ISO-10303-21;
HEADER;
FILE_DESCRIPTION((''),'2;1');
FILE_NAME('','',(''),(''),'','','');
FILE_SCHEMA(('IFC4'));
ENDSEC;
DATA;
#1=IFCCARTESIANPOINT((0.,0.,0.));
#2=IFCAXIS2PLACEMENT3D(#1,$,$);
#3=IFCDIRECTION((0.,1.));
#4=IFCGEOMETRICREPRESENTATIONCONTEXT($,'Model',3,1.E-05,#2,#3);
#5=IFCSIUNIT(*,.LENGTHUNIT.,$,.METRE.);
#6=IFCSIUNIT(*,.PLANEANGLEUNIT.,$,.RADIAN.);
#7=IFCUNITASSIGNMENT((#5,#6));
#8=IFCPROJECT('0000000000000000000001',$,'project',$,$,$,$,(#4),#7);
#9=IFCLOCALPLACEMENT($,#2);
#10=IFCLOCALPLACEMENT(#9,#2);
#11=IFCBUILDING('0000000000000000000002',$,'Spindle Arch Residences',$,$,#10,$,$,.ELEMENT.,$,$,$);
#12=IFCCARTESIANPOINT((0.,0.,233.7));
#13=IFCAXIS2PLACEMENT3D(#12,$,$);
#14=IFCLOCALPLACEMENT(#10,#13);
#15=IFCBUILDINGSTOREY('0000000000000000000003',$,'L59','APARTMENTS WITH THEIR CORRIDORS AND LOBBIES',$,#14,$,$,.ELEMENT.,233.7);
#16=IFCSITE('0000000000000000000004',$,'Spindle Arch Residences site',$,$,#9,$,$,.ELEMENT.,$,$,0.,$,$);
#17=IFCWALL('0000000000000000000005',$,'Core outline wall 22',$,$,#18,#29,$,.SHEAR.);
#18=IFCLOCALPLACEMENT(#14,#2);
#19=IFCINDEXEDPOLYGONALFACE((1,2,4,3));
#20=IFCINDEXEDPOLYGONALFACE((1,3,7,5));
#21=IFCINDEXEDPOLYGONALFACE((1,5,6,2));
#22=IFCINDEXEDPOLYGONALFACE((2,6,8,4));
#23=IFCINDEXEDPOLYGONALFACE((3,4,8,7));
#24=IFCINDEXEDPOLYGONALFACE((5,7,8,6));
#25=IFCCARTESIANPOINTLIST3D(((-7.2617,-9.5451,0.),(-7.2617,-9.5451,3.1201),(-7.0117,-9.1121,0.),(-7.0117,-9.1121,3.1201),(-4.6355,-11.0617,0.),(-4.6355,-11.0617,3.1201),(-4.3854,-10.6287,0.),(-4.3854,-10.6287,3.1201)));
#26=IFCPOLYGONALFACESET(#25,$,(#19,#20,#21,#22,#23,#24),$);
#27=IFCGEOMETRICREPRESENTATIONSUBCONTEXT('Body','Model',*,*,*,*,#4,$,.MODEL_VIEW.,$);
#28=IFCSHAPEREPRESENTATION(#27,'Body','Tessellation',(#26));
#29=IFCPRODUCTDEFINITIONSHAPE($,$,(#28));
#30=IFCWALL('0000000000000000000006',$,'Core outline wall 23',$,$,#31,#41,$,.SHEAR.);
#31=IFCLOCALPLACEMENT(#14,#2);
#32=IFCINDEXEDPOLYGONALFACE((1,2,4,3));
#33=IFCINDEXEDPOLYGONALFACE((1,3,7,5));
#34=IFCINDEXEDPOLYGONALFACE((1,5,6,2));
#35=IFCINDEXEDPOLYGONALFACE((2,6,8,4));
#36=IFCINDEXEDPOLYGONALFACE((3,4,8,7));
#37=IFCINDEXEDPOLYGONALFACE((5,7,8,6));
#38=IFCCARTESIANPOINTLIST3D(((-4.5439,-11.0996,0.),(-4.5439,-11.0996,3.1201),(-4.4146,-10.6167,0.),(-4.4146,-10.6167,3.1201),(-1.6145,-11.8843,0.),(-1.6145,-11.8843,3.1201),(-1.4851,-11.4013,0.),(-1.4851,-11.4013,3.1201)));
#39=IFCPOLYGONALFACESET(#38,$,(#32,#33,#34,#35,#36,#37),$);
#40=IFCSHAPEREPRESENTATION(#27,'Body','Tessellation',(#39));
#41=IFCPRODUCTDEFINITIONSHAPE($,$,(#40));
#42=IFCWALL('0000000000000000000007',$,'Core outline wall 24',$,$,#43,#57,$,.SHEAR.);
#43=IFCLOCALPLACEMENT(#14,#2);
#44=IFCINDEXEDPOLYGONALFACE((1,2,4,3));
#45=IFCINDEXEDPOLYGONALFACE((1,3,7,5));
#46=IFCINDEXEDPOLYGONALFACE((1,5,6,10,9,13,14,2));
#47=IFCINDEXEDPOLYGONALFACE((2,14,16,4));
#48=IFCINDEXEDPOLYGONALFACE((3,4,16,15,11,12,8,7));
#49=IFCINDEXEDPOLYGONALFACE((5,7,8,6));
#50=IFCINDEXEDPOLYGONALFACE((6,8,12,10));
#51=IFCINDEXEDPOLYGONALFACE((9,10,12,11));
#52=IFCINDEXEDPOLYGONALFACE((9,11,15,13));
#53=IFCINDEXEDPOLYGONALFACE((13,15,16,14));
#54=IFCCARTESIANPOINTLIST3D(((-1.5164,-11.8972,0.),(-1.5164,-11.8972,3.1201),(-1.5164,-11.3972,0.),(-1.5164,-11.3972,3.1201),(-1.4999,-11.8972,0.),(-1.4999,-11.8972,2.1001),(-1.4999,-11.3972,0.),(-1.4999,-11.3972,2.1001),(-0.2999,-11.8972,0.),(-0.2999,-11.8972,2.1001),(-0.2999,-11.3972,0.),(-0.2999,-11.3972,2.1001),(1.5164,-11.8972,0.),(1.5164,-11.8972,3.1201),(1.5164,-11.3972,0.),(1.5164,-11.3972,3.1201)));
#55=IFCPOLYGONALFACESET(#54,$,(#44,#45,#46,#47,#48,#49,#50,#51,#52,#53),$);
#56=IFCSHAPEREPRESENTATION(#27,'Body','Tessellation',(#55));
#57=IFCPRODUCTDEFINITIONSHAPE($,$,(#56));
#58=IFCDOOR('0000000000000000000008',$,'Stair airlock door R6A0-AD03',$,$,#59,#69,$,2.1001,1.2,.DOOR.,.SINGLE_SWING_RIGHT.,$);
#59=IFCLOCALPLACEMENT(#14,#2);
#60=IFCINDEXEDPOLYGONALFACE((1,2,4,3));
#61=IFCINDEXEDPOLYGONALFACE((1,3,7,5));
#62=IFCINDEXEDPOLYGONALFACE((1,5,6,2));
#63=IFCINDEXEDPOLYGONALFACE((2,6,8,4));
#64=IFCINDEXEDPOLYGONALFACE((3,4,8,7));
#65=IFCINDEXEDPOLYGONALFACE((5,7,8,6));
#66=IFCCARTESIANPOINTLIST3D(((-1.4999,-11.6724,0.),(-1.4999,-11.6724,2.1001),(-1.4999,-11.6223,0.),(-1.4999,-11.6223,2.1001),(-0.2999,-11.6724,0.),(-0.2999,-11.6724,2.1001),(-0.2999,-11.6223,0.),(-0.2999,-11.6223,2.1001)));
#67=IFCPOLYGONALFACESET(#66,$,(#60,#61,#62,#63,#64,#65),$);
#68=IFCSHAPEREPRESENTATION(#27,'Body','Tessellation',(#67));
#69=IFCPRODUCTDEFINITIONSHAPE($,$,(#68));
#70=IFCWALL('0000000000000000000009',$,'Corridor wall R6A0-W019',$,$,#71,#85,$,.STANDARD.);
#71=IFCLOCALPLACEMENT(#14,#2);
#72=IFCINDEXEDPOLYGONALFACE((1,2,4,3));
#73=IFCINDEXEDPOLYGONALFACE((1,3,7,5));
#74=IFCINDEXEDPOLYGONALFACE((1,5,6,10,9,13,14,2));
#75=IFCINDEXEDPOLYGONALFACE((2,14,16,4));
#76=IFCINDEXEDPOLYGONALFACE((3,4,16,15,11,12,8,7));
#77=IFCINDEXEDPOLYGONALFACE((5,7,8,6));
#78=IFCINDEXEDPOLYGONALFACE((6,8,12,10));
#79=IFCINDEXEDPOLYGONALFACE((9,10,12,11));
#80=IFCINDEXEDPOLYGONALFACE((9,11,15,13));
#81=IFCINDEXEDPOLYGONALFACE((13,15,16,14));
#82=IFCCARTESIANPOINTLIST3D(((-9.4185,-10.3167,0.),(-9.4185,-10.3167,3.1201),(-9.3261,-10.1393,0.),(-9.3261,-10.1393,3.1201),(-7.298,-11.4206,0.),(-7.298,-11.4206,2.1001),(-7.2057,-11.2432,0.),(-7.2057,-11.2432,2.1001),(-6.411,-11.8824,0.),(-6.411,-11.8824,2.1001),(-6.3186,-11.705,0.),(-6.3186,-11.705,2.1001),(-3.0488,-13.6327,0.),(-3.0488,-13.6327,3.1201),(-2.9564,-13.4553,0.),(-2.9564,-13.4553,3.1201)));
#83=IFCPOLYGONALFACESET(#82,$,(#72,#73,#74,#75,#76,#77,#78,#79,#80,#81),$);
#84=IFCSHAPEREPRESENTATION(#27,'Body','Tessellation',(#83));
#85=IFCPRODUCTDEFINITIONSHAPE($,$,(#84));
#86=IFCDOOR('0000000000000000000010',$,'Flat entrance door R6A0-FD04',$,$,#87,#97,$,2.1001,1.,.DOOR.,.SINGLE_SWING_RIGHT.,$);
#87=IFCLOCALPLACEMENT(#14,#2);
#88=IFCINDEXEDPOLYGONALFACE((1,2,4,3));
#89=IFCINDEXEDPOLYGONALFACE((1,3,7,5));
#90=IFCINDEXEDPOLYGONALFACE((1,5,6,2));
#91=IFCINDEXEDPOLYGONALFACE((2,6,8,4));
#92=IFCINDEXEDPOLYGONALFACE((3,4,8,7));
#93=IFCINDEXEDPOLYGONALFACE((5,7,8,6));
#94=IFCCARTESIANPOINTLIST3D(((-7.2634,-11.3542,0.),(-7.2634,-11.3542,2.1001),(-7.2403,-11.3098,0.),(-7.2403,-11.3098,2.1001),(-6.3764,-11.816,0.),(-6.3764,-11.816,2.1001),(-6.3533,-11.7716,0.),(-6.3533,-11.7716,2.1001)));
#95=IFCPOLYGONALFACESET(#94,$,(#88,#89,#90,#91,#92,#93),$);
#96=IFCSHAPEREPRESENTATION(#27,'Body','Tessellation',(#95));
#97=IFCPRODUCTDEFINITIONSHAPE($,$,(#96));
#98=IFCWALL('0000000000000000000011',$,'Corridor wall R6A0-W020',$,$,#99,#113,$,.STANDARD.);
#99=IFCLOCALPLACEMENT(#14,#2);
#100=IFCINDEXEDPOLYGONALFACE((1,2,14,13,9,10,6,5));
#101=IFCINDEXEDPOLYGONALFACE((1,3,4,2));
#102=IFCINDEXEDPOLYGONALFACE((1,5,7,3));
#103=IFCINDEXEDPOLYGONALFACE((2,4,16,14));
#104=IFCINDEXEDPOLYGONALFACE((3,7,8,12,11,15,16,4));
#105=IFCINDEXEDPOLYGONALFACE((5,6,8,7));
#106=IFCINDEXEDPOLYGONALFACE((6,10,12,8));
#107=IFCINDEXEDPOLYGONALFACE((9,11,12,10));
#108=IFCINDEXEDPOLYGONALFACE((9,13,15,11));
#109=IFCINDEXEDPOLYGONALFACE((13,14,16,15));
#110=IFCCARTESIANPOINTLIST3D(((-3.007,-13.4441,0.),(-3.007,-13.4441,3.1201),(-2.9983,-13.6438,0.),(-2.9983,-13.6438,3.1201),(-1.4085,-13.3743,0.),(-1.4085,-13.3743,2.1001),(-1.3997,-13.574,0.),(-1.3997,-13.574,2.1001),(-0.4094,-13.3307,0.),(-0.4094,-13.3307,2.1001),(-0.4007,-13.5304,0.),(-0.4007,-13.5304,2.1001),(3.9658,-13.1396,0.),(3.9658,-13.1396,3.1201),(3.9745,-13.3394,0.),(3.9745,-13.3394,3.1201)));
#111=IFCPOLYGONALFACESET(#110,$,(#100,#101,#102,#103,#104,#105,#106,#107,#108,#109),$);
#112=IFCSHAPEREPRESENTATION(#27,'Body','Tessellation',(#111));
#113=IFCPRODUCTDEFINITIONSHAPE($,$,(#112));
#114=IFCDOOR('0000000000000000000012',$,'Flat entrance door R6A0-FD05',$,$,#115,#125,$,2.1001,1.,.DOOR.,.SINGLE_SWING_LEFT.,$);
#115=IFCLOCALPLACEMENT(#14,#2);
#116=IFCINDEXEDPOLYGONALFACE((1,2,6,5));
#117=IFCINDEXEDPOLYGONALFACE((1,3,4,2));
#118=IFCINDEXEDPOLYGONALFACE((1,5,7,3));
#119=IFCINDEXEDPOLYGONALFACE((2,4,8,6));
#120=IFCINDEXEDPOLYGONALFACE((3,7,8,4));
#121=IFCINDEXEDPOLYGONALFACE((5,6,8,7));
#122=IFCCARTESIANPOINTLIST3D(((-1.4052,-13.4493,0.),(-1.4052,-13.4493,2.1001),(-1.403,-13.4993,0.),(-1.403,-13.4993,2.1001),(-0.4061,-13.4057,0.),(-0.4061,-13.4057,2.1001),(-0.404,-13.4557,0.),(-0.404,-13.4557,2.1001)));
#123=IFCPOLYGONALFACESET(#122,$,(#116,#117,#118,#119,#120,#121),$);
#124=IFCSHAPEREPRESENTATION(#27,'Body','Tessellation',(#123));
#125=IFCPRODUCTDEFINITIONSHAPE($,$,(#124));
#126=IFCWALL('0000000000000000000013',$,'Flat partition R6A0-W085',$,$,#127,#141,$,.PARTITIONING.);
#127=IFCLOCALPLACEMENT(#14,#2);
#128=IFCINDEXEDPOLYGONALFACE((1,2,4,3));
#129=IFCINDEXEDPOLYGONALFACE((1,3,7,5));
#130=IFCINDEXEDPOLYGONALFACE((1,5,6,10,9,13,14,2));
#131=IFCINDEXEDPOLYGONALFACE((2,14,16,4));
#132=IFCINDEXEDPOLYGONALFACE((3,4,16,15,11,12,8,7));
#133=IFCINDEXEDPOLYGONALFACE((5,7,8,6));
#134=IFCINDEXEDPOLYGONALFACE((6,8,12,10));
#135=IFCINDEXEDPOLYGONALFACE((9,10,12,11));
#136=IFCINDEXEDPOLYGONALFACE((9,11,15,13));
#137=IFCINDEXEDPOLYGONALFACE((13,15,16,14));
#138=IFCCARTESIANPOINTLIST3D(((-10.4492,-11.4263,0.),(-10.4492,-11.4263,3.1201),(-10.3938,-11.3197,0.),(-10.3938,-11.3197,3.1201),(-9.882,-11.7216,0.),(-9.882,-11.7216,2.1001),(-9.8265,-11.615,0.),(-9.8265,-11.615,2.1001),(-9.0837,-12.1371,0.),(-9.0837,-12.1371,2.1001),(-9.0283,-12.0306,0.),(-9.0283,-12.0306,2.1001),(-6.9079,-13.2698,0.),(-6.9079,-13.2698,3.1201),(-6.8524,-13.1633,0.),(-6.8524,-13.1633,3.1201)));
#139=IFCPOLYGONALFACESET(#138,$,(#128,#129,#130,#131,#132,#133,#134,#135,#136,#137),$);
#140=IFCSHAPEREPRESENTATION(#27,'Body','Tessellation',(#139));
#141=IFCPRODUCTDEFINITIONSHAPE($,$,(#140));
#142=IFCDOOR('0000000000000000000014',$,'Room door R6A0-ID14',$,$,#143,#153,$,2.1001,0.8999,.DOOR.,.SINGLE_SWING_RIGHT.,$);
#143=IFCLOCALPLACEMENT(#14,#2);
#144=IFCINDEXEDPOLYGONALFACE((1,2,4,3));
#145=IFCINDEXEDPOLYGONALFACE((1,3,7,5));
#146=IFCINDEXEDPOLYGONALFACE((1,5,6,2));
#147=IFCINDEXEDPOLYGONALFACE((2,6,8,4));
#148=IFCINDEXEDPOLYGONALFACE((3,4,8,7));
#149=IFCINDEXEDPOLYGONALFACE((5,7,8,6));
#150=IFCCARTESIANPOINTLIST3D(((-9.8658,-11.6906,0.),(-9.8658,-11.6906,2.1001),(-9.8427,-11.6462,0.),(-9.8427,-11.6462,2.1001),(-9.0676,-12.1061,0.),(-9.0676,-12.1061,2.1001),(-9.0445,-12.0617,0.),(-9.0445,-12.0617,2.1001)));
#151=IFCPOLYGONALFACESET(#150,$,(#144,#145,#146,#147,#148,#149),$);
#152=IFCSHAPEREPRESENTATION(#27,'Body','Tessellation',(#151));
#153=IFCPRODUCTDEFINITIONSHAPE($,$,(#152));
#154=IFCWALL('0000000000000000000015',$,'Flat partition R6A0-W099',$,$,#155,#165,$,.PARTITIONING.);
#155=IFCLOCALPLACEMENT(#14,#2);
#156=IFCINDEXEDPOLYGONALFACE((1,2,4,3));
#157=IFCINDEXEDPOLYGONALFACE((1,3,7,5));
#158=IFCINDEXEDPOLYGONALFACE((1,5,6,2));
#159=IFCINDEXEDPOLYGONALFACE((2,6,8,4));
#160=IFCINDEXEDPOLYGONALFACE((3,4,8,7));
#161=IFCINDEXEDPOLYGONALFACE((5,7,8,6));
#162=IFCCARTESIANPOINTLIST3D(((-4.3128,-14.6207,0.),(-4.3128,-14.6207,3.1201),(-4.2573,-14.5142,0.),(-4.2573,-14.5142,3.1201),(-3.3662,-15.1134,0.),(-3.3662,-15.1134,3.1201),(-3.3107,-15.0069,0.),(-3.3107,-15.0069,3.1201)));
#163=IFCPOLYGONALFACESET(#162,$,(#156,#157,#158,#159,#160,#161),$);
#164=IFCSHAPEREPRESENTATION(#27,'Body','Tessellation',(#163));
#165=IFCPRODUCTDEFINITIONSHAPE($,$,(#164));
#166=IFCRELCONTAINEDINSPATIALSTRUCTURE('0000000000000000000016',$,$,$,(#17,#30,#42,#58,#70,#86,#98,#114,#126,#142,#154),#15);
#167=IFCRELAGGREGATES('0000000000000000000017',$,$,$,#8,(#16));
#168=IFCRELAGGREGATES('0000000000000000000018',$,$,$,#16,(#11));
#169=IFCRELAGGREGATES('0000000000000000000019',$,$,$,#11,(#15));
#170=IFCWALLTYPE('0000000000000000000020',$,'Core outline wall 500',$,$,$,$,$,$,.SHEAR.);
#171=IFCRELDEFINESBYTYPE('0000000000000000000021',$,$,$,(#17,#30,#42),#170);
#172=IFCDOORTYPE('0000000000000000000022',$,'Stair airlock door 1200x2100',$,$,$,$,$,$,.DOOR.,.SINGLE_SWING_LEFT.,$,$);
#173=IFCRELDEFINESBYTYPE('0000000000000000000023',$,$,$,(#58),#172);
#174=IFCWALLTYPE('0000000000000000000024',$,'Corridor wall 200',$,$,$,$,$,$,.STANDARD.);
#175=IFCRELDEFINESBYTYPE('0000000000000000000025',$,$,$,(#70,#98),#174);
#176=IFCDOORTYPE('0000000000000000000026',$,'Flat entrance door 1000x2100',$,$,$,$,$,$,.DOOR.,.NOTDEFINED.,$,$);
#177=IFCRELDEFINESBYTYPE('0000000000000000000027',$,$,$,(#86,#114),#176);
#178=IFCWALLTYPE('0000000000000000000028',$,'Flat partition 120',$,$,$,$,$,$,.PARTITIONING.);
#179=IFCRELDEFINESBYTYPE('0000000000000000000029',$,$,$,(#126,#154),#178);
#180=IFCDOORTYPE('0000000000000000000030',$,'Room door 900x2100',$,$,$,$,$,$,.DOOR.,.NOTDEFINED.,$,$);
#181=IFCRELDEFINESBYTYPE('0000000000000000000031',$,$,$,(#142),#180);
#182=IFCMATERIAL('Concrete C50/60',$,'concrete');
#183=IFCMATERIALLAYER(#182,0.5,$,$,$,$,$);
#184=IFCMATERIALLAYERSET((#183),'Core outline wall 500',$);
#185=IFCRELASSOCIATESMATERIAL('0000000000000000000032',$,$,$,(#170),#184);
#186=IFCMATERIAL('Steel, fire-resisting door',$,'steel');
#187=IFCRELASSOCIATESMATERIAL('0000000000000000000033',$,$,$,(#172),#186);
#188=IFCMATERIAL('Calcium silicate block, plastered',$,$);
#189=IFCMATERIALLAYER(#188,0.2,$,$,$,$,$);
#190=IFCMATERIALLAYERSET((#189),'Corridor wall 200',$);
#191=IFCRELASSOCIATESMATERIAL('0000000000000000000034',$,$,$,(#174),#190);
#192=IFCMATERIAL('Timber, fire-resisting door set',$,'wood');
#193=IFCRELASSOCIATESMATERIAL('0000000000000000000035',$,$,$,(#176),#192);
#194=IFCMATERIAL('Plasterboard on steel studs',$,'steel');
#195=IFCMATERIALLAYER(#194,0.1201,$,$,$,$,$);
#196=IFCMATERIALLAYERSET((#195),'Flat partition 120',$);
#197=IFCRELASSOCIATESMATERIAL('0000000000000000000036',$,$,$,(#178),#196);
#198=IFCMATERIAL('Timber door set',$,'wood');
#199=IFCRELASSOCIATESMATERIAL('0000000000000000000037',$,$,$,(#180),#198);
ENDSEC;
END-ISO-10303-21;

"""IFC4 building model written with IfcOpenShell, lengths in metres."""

from ifc_helpers import new_model, si_unit, direction, frame, frame_2d, origin, place, context, subcontext, project, spatial, rectangle, extrude, material, layer, layer_set, type_object, element, fill, save


model = new_model("IFC4")

# Units and contexts
model_context = context("Model", 3, precision=1e-05, world=origin(), true_north=direction((0.0, 1.0)))
body_context = subcontext(model_context, "Body", "Model", "MODEL_VIEW")
ifc_project = project(units=[si_unit("LENGTHUNIT", "METRE"), si_unit("PLANEANGLEUNIT", "RADIAN")], contexts=[model_context])

# Site, building, storey
site_placement = place(None, origin())
site = spatial("IfcSite", under=ifc_project, at=site_placement, Name="Spindle Arch Residences site", CompositionType="ELEMENT", RefElevation=0.0)
building_placement = place(site_placement, origin())
building = spatial("IfcBuilding", under=site, at=building_placement, Name="Spindle Arch Residences", CompositionType="ELEMENT")
storey_placement = place(building_placement, frame((0.0, 0.0, 233.7)))
storey = spatial("IfcBuildingStorey", under=building, at=storey_placement, Name="L59", Description="APARTMENTS WITH THEIR CORRIDORS AND LOBBIES", CompositionType="ELEMENT", Elevation=233.7)

# Walls
ifc_material_1 = material(Name="Concrete C50/60", Category="concrete")
ifc_layer_1 = layer(ifc_material_1, 0.5)
ifc_layer_set_1 = layer_set([ifc_layer_1], Name="Core outline wall 500")
wall_type_1 = type_object("IfcWallType", Name="Core outline wall 500", PredefinedType="SHEAR", material=ifc_layer_set_1)
for number, where, z_axis, x_axis, name in (
    (1, (-7.1367, -9.3286, 0.0), (0.0, 0.0, 1.0), (0.865975, -0.500087, 0.0), "Core outline wall 22"),
    (2, (-4.4792, -10.8582, 0.0), (0.0, 0.0, 1.0), (0.965948, -0.258735, 0.0), "Core outline wall 23"),
):
    element("IfcWall", number, at=place(storey_placement, frame(where, z_axis=z_axis, x_axis=x_axis)), inside=storey, type_object=wall_type_1, Name=name, PredefinedType="SHEAR", context=body_context, shape_type="SweptSolid", body=[
        extrude(rectangle(XDim=3.0327, YDim=0.5, at=frame_2d((1.5164, 0.0))), origin(), (0.0, 0.0, 1.0), 3.1201),
    ])

# Walls, openings, doors
wall_1_placement = place(storey_placement, frame((-1.5164, -11.6472, 0.0), z_axis=(0.0, 0.0, 1.0), x_axis=(1.0, 0.0, 0.0)))
wall_1 = element("IfcWall", 3, at=wall_1_placement, inside=storey, type_object=wall_type_1, Name="Core outline wall 24", PredefinedType="SHEAR", context=body_context, shape_type="SweptSolid", body=[
    extrude(rectangle(XDim=3.0327, YDim=0.5, at=frame_2d((1.5164, 0.0))), origin(), (0.0, 0.0, 1.0), 3.1201),
])
opening_1_placement = place(wall_1_placement, frame((0.0164, 0.0, 0.0)))
opening_1 = element("IfcOpeningElement", 4, at=opening_1_placement, cuts=wall_1, PredefinedType="OPENING", context=body_context, shape_type="SweptSolid", body=[
    extrude(rectangle(XDim=1.2, YDim=2.1001, at=frame_2d((0.6001, 1.05))), frame((0.0, 0.26, 0.0), z_axis=(0.0, -1.0, 0.0), x_axis=(1.0, 0.0, 0.0)), (0.0, 0.0, 1.0), 0.52),
])
ifc_material_2 = material(Name="Steel, fire-resisting door", Category="steel")
door_type_1 = type_object("IfcDoorType", Name="Stair airlock door 1200x2100", OperationType="SINGLE_SWING_LEFT", PredefinedType="DOOR", material=ifc_material_2)
door_1_placement = place(opening_1_placement, origin())
door_1 = element("IfcDoor", 5, at=door_1_placement, inside=storey, type_object=door_type_1, Name="Stair airlock door R6A0-AD03", OperationType="SINGLE_SWING_RIGHT", OverallHeight=2.1001, OverallWidth=1.2, PredefinedType="DOOR", context=body_context, shape_type="SweptSolid", body=[
    extrude(rectangle(XDim=1.2, YDim=2.1001, at=frame_2d((0.6001, 1.05))), frame((0.0, 0.0249, 0.0), z_axis=(0.0, -1.0, 0.0), x_axis=(1.0, 0.0, 0.0)), (0.0, 0.0, 1.0), 0.05),
])
fill(opening_1, door_1)
ifc_material_3 = material(Name="Calcium silicate block, plastered")
ifc_layer_2 = layer(ifc_material_3, 0.2)
ifc_layer_set_2 = layer_set([ifc_layer_2], Name="Corridor wall 200")
wall_type_2 = type_object("IfcWallType", Name="Corridor wall 200", PredefinedType="STANDARD", material=ifc_layer_set_2)
wall_2_placement = place(storey_placement, frame((-9.3723, -10.228, 0.0), z_axis=(0.0, 0.0, 1.0), x_axis=(0.887005, -0.461759, 0.0)))
wall_2 = element("IfcWall", 6, at=wall_2_placement, inside=storey, type_object=wall_type_2, Name="Corridor wall R6A0-W019", PredefinedType="STANDARD", context=body_context, shape_type="SweptSolid", body=[
    extrude(rectangle(XDim=7.1812, YDim=0.2, at=frame_2d((3.5906, 0.0))), origin(), (0.0, 0.0, 1.0), 3.1201),
])
opening_2_placement = place(wall_2_placement, frame((2.3906, 0.0, 0.0)))
opening_2 = element("IfcOpeningElement", 7, at=opening_2_placement, cuts=wall_2, PredefinedType="OPENING", context=body_context, shape_type="SweptSolid", body=[
    extrude(rectangle(XDim=1.0, YDim=2.1001, at=frame_2d((0.5, 1.05))), frame((0.0, 0.1099, 0.0), z_axis=(0.0, -1.0, 0.0), x_axis=(1.0, 0.0, 0.0)), (0.0, 0.0, 1.0), 0.22),
])
ifc_material_4 = material(Name="Timber, fire-resisting door set", Category="wood")
door_type_2 = type_object("IfcDoorType", Name="Flat entrance door 1000x2100", OperationType="NOTDEFINED", PredefinedType="DOOR", material=ifc_material_4)
door_2_placement = place(opening_2_placement, origin())
door_2 = element("IfcDoor", 8, at=door_2_placement, inside=storey, type_object=door_type_2, Name="Flat entrance door R6A0-FD04", OperationType="SINGLE_SWING_RIGHT", OverallHeight=2.1001, OverallWidth=1.0, PredefinedType="DOOR", context=body_context, shape_type="SweptSolid", body=[
    extrude(rectangle(XDim=1.0, YDim=2.1001, at=frame_2d((0.5, 1.05))), frame((0.0, 0.0249, 0.0), z_axis=(0.0, -1.0, 0.0), x_axis=(1.0, 0.0, 0.0)), (0.0, 0.0, 1.0), 0.05),
])
fill(opening_2, door_2)
wall_3_placement = place(storey_placement, frame((-3.0027, -13.5439, 0.0), z_axis=(0.0, 0.0, 1.0), x_axis=(0.999048, 0.043619, 0.0)))
wall_3 = element("IfcWall", 9, at=wall_3_placement, inside=storey, type_object=wall_type_2, Name="Corridor wall R6A0-W020", PredefinedType="STANDARD", context=body_context, shape_type="SweptSolid", body=[
    extrude(rectangle(XDim=6.9795, YDim=0.2, at=frame_2d((3.4897, 0.0))), origin(), (0.0, 0.0, 1.0), 3.1201),
])
opening_3_placement = place(wall_3_placement, frame((1.6001, 0.0, 0.0)))
opening_3 = element("IfcOpeningElement", 10, at=opening_3_placement, cuts=wall_3, PredefinedType="OPENING", context=body_context, shape_type="SweptSolid", body=[
    extrude(rectangle(XDim=1.0, YDim=2.1001, at=frame_2d((0.5, 1.05))), frame((0.0, 0.1099, 0.0), z_axis=(0.0, -1.0, 0.0), x_axis=(1.0, 0.0, 0.0)), (0.0, 0.0, 1.0), 0.22),
])
door_3_placement = place(opening_3_placement, origin())
door_3 = element("IfcDoor", 11, at=door_3_placement, inside=storey, type_object=door_type_2, Name="Flat entrance door R6A0-FD05", OperationType="SINGLE_SWING_LEFT", OverallHeight=2.1001, OverallWidth=1.0, PredefinedType="DOOR", context=body_context, shape_type="SweptSolid", body=[
    extrude(rectangle(XDim=1.0, YDim=2.1001, at=frame_2d((0.5, 1.05))), frame((0.0, 0.0249, 0.0), z_axis=(0.0, -1.0, 0.0), x_axis=(1.0, 0.0, 0.0)), (0.0, 0.0, 1.0), 0.05),
])
fill(opening_3, door_3)
ifc_material_5 = material(Name="Plasterboard on steel studs", Category="steel")
ifc_layer_3 = layer(ifc_material_5, 0.1201)
ifc_layer_set_3 = layer_set([ifc_layer_3], Name="Flat partition 120")
wall_type_3 = type_object("IfcWallType", Name="Flat partition 120", PredefinedType="PARTITIONING", material=ifc_layer_set_3)
wall_4_placement = place(storey_placement, frame((-10.4214, -11.373, 0.0), z_axis=(0.0, 0.0, 1.0), x_axis=(0.887006, -0.461757, 0.0)))
wall_4 = element("IfcWall", 12, at=wall_4_placement, inside=storey, type_object=wall_type_3, Name="Flat partition R6A0-W085", PredefinedType="PARTITIONING", context=body_context, shape_type="SweptSolid", body=[
    extrude(rectangle(XDim=3.9924, YDim=0.1201, at=frame_2d((1.9961, 0.0))), origin(), (0.0, 0.0, 1.0), 3.1201),
])
opening_4_placement = place(wall_4_placement, frame((0.6394, 0.0, 0.0)))
opening_4 = element("IfcOpeningElement", 13, at=opening_4_placement, cuts=wall_4, PredefinedType="OPENING", context=body_context, shape_type="SweptSolid", body=[
    extrude(rectangle(XDim=0.8999, YDim=2.1001, at=frame_2d((0.45, 1.05))), frame((0.0, 0.0701, 0.0), z_axis=(0.0, -1.0, 0.0), x_axis=(1.0, 0.0, 0.0)), (0.0, 0.0, 1.0), 0.1401),
])
ifc_material_6 = material(Name="Timber door set", Category="wood")
door_type_3 = type_object("IfcDoorType", Name="Room door 900x2100", OperationType="NOTDEFINED", PredefinedType="DOOR", material=ifc_material_6)
door_4_placement = place(opening_4_placement, origin())
door_4 = element("IfcDoor", 14, at=door_4_placement, inside=storey, type_object=door_type_3, Name="Room door R6A0-ID14", OperationType="SINGLE_SWING_RIGHT", OverallHeight=2.1001, OverallWidth=0.8999, PredefinedType="DOOR", context=body_context, shape_type="SweptSolid", body=[
    extrude(rectangle(XDim=0.8999, YDim=2.1001, at=frame_2d((0.45, 1.05))), frame((0.0, 0.0249, 0.0), z_axis=(0.0, -1.0, 0.0), x_axis=(1.0, 0.0, 0.0)), (0.0, 0.0, 1.0), 0.05),
])
fill(opening_4, door_4)

# Wall
wall_5_placement = place(storey_placement, frame((-4.2852, -14.5674, 0.0), z_axis=(0.0, 0.0, 1.0), x_axis=(0.887033, -0.461706, 0.0)))
element("IfcWall", 15, at=wall_5_placement, inside=storey, type_object=wall_type_3, Name="Flat partition R6A0-W099", PredefinedType="PARTITIONING", context=body_context, shape_type="SweptSolid", body=[
    extrude(rectangle(XDim=1.0671, YDim=0.1201, at=frame_2d((0.5337, 0.0))), origin(), (0.0, 0.0, 1.0), 3.1201),
])

save(model, "model.ifc")
